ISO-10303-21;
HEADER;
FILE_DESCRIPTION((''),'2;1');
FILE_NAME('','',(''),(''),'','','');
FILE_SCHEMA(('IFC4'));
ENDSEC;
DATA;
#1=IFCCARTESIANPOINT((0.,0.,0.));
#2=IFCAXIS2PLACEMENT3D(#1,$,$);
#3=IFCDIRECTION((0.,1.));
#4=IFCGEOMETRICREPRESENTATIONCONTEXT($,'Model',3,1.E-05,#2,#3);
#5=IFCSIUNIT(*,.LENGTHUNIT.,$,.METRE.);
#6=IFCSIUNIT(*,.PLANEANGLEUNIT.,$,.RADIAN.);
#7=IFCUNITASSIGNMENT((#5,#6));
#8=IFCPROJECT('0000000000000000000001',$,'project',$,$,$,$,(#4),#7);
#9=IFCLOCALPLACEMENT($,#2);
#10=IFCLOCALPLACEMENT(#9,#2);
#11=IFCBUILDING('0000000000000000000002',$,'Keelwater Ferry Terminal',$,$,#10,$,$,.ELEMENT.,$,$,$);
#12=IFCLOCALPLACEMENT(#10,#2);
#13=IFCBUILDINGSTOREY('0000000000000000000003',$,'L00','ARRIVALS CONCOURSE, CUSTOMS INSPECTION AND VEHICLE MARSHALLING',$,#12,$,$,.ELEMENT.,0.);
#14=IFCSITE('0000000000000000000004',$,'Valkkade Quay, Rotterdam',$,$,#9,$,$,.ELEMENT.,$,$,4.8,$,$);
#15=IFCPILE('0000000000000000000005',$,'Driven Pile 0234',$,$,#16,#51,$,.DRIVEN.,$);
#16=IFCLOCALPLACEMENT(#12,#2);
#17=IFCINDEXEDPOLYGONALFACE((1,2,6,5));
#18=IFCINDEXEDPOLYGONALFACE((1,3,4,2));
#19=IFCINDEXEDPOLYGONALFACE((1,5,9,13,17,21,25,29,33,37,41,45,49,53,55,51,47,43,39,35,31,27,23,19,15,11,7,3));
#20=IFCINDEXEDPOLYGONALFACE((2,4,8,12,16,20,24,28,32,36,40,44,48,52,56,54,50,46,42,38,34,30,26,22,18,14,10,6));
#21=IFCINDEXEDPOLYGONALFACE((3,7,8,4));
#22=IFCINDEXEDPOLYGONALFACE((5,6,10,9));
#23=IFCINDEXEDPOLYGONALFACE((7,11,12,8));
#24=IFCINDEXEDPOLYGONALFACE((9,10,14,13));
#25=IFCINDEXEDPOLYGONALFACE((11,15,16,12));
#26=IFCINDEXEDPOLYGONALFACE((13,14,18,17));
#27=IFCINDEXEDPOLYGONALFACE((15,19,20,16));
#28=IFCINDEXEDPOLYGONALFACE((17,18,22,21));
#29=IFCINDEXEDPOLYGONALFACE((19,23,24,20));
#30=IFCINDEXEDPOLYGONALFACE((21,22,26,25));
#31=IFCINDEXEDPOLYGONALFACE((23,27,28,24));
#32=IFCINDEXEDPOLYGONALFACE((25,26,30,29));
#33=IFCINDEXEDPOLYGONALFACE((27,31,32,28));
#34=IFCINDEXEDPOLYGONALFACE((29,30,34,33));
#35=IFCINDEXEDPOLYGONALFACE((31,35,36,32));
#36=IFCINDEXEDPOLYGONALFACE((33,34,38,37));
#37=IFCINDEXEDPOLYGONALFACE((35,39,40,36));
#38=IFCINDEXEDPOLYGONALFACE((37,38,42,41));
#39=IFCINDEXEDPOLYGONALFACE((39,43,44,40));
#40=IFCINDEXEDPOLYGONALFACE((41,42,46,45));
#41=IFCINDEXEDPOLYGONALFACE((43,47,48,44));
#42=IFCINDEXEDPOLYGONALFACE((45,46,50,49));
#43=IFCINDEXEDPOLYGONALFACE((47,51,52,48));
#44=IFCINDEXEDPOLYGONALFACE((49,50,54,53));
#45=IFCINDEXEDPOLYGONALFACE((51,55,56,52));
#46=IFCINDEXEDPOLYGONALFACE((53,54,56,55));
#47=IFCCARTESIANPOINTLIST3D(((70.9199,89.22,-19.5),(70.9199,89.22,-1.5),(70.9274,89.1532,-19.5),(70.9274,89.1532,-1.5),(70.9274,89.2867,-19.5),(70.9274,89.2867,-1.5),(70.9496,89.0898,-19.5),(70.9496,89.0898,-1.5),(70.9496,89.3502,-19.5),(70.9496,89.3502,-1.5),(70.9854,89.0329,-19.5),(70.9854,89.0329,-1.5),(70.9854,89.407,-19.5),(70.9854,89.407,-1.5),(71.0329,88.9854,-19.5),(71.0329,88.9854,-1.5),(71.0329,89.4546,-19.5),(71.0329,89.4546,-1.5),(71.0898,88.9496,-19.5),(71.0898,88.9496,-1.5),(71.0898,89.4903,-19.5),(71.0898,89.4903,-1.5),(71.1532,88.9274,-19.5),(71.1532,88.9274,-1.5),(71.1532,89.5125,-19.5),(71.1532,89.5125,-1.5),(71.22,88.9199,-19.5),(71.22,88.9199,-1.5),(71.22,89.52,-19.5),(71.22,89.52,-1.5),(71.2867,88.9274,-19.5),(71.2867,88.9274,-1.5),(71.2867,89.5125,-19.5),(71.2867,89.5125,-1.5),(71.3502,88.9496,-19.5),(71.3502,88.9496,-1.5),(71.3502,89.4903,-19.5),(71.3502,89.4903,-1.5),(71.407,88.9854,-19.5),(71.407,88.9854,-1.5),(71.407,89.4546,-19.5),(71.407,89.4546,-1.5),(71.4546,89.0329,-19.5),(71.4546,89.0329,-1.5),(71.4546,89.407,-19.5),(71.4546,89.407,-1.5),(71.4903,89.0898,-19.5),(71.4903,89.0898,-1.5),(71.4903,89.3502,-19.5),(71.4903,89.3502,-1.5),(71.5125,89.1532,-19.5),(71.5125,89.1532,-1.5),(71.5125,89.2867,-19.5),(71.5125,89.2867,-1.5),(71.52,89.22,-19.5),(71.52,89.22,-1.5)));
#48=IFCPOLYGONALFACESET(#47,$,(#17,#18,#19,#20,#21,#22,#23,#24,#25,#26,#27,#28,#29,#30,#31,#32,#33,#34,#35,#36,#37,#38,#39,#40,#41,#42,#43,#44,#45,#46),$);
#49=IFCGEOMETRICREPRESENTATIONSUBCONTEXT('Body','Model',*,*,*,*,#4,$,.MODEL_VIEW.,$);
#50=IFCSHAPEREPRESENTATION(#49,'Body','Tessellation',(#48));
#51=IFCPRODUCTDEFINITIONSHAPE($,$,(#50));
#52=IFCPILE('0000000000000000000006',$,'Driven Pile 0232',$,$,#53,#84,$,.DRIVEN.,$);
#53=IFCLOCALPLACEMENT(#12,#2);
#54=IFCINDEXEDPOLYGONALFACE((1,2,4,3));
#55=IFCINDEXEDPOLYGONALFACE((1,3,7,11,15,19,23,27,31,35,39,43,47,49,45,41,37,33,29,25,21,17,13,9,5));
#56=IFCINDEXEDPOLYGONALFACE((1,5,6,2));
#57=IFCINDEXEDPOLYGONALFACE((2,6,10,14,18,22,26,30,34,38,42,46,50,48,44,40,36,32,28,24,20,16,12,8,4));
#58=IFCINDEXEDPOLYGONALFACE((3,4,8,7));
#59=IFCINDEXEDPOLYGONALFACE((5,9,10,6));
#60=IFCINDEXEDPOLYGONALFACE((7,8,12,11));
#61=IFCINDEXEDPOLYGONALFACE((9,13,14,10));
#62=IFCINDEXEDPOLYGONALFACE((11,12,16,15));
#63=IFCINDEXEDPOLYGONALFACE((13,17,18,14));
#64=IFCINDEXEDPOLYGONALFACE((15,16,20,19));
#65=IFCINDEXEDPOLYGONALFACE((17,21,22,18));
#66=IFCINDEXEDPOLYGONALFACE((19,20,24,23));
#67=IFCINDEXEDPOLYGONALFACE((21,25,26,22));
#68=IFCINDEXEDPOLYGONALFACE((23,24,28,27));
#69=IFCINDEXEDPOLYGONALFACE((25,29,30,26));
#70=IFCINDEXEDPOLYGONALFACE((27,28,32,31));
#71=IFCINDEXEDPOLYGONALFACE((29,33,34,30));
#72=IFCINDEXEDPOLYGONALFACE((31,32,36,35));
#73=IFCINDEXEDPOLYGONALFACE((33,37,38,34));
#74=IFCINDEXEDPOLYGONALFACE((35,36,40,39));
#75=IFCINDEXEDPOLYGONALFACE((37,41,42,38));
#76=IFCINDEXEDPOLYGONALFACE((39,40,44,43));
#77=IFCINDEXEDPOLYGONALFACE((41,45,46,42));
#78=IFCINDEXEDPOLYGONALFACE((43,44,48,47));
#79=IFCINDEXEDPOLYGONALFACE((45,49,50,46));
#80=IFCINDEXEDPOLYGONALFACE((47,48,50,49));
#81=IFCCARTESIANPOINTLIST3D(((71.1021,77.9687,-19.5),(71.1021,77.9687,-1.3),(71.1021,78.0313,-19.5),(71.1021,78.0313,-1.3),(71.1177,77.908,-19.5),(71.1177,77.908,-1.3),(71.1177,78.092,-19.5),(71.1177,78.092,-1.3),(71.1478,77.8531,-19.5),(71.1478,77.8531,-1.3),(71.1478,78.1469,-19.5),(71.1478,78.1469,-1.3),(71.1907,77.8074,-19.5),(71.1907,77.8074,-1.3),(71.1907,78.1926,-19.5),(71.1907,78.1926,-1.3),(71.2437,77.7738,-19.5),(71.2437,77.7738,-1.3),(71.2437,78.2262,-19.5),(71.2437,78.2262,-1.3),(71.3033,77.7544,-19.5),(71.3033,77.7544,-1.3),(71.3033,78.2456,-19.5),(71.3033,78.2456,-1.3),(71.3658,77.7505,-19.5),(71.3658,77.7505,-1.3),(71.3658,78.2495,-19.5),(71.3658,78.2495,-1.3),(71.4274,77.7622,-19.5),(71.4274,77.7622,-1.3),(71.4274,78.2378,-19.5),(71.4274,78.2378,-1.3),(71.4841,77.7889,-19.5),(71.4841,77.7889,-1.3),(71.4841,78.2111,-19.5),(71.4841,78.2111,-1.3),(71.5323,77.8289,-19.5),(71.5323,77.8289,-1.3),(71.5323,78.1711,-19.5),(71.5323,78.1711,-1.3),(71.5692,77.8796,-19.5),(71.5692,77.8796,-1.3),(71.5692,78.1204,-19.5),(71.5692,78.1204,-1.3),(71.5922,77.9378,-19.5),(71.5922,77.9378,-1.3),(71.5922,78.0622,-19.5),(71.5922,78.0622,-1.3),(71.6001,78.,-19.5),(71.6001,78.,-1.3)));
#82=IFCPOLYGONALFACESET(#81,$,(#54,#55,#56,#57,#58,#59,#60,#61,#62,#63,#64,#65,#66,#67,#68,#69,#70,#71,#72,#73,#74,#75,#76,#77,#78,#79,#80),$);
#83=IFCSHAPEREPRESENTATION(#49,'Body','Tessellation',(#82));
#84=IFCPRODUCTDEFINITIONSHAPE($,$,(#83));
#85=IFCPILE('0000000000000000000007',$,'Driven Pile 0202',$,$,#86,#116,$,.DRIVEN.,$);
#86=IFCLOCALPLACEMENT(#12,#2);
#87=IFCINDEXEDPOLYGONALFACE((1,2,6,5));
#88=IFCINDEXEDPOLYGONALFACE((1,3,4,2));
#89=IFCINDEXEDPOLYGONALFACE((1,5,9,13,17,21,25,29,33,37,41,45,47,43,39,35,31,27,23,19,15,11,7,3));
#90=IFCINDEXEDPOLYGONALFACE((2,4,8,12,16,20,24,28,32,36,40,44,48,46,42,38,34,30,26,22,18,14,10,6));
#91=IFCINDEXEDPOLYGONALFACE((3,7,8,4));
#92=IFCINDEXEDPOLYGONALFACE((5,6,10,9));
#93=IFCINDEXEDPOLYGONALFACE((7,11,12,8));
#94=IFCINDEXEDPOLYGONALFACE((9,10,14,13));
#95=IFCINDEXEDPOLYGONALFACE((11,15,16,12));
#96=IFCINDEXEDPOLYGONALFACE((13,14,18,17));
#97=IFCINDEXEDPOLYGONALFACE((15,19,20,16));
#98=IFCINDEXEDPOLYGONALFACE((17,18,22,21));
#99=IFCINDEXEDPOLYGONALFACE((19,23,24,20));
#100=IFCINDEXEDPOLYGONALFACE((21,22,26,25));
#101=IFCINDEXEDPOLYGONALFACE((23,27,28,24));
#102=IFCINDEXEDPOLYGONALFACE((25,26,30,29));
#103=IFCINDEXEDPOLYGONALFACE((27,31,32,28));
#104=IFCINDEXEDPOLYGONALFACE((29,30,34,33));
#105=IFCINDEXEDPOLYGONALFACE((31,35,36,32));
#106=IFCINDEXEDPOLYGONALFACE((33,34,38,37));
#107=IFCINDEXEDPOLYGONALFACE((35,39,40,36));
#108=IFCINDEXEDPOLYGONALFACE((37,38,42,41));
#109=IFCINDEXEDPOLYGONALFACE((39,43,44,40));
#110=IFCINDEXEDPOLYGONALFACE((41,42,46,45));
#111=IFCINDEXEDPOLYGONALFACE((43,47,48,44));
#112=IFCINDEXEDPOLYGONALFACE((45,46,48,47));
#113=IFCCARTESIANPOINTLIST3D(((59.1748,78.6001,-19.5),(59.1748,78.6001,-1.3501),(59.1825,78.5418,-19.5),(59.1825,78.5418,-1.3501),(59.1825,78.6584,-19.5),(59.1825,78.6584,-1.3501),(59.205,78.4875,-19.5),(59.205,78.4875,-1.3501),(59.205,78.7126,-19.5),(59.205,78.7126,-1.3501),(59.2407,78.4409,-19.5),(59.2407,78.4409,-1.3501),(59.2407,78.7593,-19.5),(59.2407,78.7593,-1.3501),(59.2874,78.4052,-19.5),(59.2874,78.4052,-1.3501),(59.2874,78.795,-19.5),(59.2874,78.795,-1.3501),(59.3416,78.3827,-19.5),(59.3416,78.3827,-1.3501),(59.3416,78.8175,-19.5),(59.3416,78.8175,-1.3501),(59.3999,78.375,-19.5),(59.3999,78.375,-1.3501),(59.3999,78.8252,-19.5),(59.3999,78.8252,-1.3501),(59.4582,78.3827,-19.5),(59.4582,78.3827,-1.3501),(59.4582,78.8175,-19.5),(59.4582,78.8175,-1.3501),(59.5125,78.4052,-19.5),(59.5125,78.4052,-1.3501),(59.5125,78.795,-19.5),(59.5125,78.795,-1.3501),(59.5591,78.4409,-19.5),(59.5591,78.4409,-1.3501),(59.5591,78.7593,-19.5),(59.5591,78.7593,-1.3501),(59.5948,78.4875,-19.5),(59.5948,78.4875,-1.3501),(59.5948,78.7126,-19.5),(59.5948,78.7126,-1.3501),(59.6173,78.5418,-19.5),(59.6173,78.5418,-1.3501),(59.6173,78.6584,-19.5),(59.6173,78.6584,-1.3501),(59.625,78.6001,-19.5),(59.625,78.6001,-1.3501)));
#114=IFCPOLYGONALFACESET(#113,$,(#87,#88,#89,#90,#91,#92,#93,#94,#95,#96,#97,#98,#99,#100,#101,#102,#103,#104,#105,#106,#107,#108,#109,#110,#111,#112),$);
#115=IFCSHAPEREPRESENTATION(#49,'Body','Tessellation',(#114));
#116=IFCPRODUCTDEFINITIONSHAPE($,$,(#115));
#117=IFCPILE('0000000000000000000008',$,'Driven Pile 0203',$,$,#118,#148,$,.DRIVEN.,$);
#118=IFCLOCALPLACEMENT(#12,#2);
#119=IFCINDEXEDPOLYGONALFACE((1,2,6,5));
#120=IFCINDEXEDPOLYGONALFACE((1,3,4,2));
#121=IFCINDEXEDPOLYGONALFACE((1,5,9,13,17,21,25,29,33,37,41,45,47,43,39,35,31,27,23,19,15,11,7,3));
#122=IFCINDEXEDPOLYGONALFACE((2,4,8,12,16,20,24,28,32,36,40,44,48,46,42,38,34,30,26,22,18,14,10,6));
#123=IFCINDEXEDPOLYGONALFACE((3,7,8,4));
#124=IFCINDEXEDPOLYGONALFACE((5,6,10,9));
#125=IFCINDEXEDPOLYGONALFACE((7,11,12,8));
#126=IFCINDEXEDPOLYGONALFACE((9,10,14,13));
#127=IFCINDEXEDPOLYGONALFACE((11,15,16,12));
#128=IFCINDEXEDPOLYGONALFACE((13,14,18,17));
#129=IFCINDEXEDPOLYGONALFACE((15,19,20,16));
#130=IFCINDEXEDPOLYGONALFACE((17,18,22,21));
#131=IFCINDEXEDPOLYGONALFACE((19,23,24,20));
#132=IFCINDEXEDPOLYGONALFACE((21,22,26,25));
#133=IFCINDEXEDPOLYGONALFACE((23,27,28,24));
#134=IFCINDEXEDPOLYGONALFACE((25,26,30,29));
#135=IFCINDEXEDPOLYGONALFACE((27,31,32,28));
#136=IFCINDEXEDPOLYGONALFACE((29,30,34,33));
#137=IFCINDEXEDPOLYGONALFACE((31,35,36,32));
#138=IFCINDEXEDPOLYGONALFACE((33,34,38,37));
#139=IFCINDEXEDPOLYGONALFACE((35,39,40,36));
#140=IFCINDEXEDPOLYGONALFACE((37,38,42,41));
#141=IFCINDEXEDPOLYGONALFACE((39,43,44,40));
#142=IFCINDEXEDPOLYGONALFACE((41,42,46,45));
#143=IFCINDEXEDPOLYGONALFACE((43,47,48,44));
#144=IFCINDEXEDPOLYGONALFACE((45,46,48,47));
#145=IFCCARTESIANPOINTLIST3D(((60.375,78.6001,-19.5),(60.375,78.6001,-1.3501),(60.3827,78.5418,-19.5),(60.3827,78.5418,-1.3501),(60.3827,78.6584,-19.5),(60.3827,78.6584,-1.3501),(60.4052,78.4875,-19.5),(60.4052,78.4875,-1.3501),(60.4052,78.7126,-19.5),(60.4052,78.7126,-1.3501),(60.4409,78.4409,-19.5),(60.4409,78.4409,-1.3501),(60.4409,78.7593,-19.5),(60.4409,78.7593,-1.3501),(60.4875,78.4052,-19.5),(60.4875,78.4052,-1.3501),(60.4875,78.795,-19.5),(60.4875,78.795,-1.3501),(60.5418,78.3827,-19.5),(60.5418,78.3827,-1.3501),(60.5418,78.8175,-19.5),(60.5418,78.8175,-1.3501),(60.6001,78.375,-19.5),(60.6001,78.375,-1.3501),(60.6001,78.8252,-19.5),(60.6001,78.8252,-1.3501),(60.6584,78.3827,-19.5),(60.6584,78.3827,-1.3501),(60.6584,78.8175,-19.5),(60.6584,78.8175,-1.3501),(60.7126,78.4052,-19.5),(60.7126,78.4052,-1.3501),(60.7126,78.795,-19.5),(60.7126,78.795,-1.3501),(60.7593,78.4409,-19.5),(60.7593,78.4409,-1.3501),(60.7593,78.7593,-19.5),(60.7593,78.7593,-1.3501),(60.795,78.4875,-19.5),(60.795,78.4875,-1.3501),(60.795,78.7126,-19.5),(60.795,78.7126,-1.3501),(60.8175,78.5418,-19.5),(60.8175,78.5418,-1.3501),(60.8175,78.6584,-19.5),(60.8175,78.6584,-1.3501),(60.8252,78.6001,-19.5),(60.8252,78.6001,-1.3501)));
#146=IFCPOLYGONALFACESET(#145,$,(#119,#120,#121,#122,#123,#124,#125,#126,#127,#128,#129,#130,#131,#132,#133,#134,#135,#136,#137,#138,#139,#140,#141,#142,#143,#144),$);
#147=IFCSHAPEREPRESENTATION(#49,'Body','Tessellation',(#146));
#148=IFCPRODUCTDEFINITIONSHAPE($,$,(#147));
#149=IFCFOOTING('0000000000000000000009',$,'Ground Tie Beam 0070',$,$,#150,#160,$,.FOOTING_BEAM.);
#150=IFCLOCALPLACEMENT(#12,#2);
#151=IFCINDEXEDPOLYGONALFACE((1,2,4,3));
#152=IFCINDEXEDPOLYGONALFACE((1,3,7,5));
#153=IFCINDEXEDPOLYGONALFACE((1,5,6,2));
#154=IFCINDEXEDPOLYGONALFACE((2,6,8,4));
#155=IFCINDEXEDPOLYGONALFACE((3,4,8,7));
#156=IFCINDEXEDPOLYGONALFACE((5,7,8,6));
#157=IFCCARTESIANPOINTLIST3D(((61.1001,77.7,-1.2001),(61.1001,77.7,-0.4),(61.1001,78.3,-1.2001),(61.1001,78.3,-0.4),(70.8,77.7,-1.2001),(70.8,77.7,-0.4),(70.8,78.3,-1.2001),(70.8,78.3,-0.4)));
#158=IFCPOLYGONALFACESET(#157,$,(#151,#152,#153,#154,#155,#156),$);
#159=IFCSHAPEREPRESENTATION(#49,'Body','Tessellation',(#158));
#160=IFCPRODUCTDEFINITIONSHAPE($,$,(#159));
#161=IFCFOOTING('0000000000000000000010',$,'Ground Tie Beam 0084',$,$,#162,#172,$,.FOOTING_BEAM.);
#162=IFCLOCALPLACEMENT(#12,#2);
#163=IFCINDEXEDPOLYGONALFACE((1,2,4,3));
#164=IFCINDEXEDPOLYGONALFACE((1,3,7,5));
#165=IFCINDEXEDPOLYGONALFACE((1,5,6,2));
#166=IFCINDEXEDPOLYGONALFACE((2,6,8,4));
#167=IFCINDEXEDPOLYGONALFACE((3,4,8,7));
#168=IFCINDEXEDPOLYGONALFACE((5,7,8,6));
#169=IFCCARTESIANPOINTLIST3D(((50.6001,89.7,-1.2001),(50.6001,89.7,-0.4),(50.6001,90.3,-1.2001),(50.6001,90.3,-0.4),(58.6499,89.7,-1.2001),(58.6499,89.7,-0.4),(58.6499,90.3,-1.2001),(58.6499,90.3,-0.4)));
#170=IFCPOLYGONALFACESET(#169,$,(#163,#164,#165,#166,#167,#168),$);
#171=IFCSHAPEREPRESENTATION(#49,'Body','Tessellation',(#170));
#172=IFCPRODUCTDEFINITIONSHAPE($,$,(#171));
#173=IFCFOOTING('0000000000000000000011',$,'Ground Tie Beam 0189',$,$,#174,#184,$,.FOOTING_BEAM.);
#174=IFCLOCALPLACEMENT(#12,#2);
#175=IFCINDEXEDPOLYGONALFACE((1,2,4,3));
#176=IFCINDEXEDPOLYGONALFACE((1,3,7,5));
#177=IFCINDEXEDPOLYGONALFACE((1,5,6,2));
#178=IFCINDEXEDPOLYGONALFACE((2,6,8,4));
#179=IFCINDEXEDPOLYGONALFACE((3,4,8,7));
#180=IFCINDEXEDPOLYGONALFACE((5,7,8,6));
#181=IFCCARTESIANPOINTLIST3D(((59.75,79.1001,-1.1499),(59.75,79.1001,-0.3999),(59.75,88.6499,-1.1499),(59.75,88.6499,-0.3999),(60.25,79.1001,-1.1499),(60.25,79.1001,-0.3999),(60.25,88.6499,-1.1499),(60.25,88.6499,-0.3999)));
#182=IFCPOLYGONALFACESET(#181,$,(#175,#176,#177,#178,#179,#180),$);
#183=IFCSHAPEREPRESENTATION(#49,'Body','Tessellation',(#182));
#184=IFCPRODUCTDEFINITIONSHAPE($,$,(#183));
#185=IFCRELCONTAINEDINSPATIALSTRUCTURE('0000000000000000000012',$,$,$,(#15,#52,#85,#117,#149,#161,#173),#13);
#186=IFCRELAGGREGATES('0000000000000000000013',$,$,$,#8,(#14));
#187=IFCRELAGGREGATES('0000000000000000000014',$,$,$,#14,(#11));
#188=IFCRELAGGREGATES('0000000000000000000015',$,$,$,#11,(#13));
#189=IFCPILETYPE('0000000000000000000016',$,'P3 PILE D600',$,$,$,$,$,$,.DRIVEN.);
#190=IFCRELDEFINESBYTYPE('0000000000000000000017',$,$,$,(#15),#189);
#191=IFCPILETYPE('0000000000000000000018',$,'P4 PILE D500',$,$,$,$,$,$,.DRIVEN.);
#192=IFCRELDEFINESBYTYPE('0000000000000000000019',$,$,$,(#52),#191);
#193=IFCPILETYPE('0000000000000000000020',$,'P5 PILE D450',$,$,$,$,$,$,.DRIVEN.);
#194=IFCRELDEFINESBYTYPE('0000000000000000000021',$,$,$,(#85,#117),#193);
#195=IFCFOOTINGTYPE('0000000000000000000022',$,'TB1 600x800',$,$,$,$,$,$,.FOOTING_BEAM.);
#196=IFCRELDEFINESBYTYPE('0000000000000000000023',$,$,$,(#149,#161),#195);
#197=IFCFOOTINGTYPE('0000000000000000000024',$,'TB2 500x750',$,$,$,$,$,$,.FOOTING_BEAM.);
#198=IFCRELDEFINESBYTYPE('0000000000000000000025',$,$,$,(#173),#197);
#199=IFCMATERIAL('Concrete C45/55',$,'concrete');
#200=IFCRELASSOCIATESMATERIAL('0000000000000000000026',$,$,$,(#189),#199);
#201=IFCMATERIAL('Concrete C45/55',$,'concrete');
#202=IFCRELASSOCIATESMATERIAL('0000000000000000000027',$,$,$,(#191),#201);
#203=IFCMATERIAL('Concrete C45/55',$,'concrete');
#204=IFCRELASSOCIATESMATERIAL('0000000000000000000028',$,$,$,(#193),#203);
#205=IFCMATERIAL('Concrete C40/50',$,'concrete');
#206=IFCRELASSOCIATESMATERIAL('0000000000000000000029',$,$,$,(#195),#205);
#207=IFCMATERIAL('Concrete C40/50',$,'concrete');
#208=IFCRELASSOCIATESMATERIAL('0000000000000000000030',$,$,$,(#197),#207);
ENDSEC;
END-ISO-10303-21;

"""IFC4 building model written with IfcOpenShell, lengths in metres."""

from ifc_helpers import new_model, si_unit, direction, frame, origin, origin_2d, place, context, subcontext, project, spatial, rectangle, circle, extrude, material, material_profile, profile_set, type_object, element, save


model = new_model("IFC4")

# Units and contexts
model_context = context("Model", 3, precision=1e-05, world=origin(), true_north=direction((0.0, 1.0)))
body_context = subcontext(model_context, "Body", "Model", "MODEL_VIEW")
ifc_project = project(units=[si_unit("LENGTHUNIT", "METRE"), si_unit("PLANEANGLEUNIT", "RADIAN")], contexts=[model_context])

# Site, building, storey
site_placement = place(None, origin())
site = spatial("IfcSite", under=ifc_project, at=site_placement, Name="Valkkade Quay, Rotterdam", CompositionType="ELEMENT", RefElevation=4.8)
building_placement = place(site_placement, origin())
building = spatial("IfcBuilding", under=site, at=building_placement, Name="Keelwater Ferry Terminal", CompositionType="ELEMENT")
storey_placement = place(building_placement, origin())
storey = spatial("IfcBuildingStorey", under=building, at=storey_placement, Name="L00", Description="ARRIVALS CONCOURSE, CUSTOMS INSPECTION AND VEHICLE MARSHALLING", CompositionType="ELEMENT", Elevation=0.0)

# Piles
ifc_material_1 = material(Name="Concrete C45/55", Category="concrete")
ifc_material_profile_1 = material_profile(ifc_material_1, circle(Radius=0.3, at=origin_2d()), Name="PILE D600")
ifc_profile_set_1 = profile_set([ifc_material_profile_1], Name="Concrete C45/55")
pile_type_1 = type_object("IfcPileType", Name="P3 PILE D600", PredefinedType="DRIVEN", material=ifc_profile_set_1)
for number, where, z_axis, x_axis, name in (
    (1, (71.22, 89.22, -1.5), (0.0, 0.0, -1.0), (1.0, 0.0, 0.0), "Driven Pile 0234"),
):
    element("IfcPile", number, at=place(storey_placement, frame(where, z_axis=z_axis, x_axis=x_axis)), inside=storey, type_object=pile_type_1, Name=name, PredefinedType="DRIVEN", context=body_context, shape_type="SweptSolid", body=[
        extrude(circle(Radius=0.3, at=origin_2d()), origin(), (0.0, 0.0, 1.0), 18.0),
    ])
ifc_material_2 = material(Name="Concrete C45/55", Category="concrete")
ifc_material_profile_2 = material_profile(ifc_material_2, circle(Radius=0.25, at=origin_2d()), Name="PILE D500")
ifc_profile_set_2 = profile_set([ifc_material_profile_2], Name="Concrete C45/55")
pile_type_2 = type_object("IfcPileType", Name="P4 PILE D500", PredefinedType="DRIVEN", material=ifc_profile_set_2)
pile_placement = place(storey_placement, frame((71.3501, 78.0, -1.3), z_axis=(0.0, 0.0, -1.0), x_axis=(1.0, 0.0, 0.0)))
element("IfcPile", 2, at=pile_placement, inside=storey, type_object=pile_type_2, Name="Driven Pile 0232", PredefinedType="DRIVEN", context=body_context, shape_type="SweptSolid", body=[
    extrude(circle(Radius=0.25, at=origin_2d()), origin(), (0.0, 0.0, 1.0), 18.2),
])
ifc_material_3 = material(Name="Concrete C45/55", Category="concrete")
ifc_material_profile_3 = material_profile(ifc_material_3, circle(Radius=0.2251, at=origin_2d()), Name="PILE D450")
ifc_profile_set_3 = profile_set([ifc_material_profile_3], Name="Concrete C45/55")
pile_type_3 = type_object("IfcPileType", Name="P5 PILE D450", PredefinedType="DRIVEN", material=ifc_profile_set_3)
for number, where, z_axis, x_axis, name in (
    (3, (59.3999, 78.6001, -1.3501), (0.0, 0.0, -1.0), (1.0, 0.0, 0.0), "Driven Pile 0202"),
    (4, (60.6001, 78.6001, -1.3501), (0.0, 0.0, -1.0), (1.0, 0.0, 0.0), "Driven Pile 0203"),
):
    element("IfcPile", number, at=place(storey_placement, frame(where, z_axis=z_axis, x_axis=x_axis)), inside=storey, type_object=pile_type_3, Name=name, PredefinedType="DRIVEN", context=body_context, shape_type="SweptSolid", body=[
        extrude(circle(Radius=0.2251, at=origin_2d()), origin(), (0.0, 0.0, 1.0), 18.1499),
    ])

# Footings
ifc_material_4 = material(Name="Concrete C40/50", Category="concrete")
ifc_material_profile_4 = material_profile(ifc_material_4, rectangle(XDim=0.6001, YDim=0.8, at=origin_2d()), Name="TB 600x800")
ifc_profile_set_4 = profile_set([ifc_material_profile_4], Name="Concrete C40/50")
footing_type_1 = type_object("IfcFootingType", Name="TB1 600x800", PredefinedType="FOOTING_BEAM", material=ifc_profile_set_4)
footing_1_placement = place(storey_placement, frame((61.1001, 78.0, -0.8), z_axis=(1.0, 0.0, 0.0), x_axis=(0.0, 1.0, 0.0)))
element("IfcFooting", 5, at=footing_1_placement, inside=storey, type_object=footing_type_1, Name="Ground Tie Beam 0070", PredefinedType="FOOTING_BEAM", context=body_context, shape_type="SweptSolid", body=[
    extrude(rectangle(XDim=0.6001, YDim=0.8, at=origin_2d()), origin(), (0.0, 0.0, 1.0), 9.7),
])
footing_2_placement = place(storey_placement, frame((50.6001, 90.0, -0.8), z_axis=(1.0, 0.0, 0.0), x_axis=(0.0, 1.0, 0.0)))
element("IfcFooting", 6, at=footing_2_placement, inside=storey, type_object=footing_type_1, Name="Ground Tie Beam 0084", PredefinedType="FOOTING_BEAM", context=body_context, shape_type="SweptSolid", body=[
    extrude(rectangle(XDim=0.6001, YDim=0.8, at=origin_2d()), origin(), (0.0, 0.0, 1.0), 8.0498),
])
ifc_material_5 = material(Name="Concrete C40/50", Category="concrete")
ifc_material_profile_5 = material_profile(ifc_material_5, rectangle(XDim=0.5, YDim=0.75, at=origin_2d()), Name="TB 500x750")
ifc_profile_set_5 = profile_set([ifc_material_profile_5], Name="Concrete C40/50")
footing_type_2 = type_object("IfcFootingType", Name="TB2 500x750", PredefinedType="FOOTING_BEAM", material=ifc_profile_set_5)
footing_3_placement = place(storey_placement, frame((60.0, 79.1001, -0.7749), z_axis=(0.0, 1.0, 0.0), x_axis=(-1.0, 0.0, 0.0)))
element("IfcFooting", 7, at=footing_3_placement, inside=storey, type_object=footing_type_2, Name="Ground Tie Beam 0189", PredefinedType="FOOTING_BEAM", context=body_context, shape_type="SweptSolid", body=[
    extrude(rectangle(XDim=0.5, YDim=0.75, at=origin_2d()), origin(), (0.0, 0.0, 1.0), 9.5498),
])

save(model, "model.ifc")
